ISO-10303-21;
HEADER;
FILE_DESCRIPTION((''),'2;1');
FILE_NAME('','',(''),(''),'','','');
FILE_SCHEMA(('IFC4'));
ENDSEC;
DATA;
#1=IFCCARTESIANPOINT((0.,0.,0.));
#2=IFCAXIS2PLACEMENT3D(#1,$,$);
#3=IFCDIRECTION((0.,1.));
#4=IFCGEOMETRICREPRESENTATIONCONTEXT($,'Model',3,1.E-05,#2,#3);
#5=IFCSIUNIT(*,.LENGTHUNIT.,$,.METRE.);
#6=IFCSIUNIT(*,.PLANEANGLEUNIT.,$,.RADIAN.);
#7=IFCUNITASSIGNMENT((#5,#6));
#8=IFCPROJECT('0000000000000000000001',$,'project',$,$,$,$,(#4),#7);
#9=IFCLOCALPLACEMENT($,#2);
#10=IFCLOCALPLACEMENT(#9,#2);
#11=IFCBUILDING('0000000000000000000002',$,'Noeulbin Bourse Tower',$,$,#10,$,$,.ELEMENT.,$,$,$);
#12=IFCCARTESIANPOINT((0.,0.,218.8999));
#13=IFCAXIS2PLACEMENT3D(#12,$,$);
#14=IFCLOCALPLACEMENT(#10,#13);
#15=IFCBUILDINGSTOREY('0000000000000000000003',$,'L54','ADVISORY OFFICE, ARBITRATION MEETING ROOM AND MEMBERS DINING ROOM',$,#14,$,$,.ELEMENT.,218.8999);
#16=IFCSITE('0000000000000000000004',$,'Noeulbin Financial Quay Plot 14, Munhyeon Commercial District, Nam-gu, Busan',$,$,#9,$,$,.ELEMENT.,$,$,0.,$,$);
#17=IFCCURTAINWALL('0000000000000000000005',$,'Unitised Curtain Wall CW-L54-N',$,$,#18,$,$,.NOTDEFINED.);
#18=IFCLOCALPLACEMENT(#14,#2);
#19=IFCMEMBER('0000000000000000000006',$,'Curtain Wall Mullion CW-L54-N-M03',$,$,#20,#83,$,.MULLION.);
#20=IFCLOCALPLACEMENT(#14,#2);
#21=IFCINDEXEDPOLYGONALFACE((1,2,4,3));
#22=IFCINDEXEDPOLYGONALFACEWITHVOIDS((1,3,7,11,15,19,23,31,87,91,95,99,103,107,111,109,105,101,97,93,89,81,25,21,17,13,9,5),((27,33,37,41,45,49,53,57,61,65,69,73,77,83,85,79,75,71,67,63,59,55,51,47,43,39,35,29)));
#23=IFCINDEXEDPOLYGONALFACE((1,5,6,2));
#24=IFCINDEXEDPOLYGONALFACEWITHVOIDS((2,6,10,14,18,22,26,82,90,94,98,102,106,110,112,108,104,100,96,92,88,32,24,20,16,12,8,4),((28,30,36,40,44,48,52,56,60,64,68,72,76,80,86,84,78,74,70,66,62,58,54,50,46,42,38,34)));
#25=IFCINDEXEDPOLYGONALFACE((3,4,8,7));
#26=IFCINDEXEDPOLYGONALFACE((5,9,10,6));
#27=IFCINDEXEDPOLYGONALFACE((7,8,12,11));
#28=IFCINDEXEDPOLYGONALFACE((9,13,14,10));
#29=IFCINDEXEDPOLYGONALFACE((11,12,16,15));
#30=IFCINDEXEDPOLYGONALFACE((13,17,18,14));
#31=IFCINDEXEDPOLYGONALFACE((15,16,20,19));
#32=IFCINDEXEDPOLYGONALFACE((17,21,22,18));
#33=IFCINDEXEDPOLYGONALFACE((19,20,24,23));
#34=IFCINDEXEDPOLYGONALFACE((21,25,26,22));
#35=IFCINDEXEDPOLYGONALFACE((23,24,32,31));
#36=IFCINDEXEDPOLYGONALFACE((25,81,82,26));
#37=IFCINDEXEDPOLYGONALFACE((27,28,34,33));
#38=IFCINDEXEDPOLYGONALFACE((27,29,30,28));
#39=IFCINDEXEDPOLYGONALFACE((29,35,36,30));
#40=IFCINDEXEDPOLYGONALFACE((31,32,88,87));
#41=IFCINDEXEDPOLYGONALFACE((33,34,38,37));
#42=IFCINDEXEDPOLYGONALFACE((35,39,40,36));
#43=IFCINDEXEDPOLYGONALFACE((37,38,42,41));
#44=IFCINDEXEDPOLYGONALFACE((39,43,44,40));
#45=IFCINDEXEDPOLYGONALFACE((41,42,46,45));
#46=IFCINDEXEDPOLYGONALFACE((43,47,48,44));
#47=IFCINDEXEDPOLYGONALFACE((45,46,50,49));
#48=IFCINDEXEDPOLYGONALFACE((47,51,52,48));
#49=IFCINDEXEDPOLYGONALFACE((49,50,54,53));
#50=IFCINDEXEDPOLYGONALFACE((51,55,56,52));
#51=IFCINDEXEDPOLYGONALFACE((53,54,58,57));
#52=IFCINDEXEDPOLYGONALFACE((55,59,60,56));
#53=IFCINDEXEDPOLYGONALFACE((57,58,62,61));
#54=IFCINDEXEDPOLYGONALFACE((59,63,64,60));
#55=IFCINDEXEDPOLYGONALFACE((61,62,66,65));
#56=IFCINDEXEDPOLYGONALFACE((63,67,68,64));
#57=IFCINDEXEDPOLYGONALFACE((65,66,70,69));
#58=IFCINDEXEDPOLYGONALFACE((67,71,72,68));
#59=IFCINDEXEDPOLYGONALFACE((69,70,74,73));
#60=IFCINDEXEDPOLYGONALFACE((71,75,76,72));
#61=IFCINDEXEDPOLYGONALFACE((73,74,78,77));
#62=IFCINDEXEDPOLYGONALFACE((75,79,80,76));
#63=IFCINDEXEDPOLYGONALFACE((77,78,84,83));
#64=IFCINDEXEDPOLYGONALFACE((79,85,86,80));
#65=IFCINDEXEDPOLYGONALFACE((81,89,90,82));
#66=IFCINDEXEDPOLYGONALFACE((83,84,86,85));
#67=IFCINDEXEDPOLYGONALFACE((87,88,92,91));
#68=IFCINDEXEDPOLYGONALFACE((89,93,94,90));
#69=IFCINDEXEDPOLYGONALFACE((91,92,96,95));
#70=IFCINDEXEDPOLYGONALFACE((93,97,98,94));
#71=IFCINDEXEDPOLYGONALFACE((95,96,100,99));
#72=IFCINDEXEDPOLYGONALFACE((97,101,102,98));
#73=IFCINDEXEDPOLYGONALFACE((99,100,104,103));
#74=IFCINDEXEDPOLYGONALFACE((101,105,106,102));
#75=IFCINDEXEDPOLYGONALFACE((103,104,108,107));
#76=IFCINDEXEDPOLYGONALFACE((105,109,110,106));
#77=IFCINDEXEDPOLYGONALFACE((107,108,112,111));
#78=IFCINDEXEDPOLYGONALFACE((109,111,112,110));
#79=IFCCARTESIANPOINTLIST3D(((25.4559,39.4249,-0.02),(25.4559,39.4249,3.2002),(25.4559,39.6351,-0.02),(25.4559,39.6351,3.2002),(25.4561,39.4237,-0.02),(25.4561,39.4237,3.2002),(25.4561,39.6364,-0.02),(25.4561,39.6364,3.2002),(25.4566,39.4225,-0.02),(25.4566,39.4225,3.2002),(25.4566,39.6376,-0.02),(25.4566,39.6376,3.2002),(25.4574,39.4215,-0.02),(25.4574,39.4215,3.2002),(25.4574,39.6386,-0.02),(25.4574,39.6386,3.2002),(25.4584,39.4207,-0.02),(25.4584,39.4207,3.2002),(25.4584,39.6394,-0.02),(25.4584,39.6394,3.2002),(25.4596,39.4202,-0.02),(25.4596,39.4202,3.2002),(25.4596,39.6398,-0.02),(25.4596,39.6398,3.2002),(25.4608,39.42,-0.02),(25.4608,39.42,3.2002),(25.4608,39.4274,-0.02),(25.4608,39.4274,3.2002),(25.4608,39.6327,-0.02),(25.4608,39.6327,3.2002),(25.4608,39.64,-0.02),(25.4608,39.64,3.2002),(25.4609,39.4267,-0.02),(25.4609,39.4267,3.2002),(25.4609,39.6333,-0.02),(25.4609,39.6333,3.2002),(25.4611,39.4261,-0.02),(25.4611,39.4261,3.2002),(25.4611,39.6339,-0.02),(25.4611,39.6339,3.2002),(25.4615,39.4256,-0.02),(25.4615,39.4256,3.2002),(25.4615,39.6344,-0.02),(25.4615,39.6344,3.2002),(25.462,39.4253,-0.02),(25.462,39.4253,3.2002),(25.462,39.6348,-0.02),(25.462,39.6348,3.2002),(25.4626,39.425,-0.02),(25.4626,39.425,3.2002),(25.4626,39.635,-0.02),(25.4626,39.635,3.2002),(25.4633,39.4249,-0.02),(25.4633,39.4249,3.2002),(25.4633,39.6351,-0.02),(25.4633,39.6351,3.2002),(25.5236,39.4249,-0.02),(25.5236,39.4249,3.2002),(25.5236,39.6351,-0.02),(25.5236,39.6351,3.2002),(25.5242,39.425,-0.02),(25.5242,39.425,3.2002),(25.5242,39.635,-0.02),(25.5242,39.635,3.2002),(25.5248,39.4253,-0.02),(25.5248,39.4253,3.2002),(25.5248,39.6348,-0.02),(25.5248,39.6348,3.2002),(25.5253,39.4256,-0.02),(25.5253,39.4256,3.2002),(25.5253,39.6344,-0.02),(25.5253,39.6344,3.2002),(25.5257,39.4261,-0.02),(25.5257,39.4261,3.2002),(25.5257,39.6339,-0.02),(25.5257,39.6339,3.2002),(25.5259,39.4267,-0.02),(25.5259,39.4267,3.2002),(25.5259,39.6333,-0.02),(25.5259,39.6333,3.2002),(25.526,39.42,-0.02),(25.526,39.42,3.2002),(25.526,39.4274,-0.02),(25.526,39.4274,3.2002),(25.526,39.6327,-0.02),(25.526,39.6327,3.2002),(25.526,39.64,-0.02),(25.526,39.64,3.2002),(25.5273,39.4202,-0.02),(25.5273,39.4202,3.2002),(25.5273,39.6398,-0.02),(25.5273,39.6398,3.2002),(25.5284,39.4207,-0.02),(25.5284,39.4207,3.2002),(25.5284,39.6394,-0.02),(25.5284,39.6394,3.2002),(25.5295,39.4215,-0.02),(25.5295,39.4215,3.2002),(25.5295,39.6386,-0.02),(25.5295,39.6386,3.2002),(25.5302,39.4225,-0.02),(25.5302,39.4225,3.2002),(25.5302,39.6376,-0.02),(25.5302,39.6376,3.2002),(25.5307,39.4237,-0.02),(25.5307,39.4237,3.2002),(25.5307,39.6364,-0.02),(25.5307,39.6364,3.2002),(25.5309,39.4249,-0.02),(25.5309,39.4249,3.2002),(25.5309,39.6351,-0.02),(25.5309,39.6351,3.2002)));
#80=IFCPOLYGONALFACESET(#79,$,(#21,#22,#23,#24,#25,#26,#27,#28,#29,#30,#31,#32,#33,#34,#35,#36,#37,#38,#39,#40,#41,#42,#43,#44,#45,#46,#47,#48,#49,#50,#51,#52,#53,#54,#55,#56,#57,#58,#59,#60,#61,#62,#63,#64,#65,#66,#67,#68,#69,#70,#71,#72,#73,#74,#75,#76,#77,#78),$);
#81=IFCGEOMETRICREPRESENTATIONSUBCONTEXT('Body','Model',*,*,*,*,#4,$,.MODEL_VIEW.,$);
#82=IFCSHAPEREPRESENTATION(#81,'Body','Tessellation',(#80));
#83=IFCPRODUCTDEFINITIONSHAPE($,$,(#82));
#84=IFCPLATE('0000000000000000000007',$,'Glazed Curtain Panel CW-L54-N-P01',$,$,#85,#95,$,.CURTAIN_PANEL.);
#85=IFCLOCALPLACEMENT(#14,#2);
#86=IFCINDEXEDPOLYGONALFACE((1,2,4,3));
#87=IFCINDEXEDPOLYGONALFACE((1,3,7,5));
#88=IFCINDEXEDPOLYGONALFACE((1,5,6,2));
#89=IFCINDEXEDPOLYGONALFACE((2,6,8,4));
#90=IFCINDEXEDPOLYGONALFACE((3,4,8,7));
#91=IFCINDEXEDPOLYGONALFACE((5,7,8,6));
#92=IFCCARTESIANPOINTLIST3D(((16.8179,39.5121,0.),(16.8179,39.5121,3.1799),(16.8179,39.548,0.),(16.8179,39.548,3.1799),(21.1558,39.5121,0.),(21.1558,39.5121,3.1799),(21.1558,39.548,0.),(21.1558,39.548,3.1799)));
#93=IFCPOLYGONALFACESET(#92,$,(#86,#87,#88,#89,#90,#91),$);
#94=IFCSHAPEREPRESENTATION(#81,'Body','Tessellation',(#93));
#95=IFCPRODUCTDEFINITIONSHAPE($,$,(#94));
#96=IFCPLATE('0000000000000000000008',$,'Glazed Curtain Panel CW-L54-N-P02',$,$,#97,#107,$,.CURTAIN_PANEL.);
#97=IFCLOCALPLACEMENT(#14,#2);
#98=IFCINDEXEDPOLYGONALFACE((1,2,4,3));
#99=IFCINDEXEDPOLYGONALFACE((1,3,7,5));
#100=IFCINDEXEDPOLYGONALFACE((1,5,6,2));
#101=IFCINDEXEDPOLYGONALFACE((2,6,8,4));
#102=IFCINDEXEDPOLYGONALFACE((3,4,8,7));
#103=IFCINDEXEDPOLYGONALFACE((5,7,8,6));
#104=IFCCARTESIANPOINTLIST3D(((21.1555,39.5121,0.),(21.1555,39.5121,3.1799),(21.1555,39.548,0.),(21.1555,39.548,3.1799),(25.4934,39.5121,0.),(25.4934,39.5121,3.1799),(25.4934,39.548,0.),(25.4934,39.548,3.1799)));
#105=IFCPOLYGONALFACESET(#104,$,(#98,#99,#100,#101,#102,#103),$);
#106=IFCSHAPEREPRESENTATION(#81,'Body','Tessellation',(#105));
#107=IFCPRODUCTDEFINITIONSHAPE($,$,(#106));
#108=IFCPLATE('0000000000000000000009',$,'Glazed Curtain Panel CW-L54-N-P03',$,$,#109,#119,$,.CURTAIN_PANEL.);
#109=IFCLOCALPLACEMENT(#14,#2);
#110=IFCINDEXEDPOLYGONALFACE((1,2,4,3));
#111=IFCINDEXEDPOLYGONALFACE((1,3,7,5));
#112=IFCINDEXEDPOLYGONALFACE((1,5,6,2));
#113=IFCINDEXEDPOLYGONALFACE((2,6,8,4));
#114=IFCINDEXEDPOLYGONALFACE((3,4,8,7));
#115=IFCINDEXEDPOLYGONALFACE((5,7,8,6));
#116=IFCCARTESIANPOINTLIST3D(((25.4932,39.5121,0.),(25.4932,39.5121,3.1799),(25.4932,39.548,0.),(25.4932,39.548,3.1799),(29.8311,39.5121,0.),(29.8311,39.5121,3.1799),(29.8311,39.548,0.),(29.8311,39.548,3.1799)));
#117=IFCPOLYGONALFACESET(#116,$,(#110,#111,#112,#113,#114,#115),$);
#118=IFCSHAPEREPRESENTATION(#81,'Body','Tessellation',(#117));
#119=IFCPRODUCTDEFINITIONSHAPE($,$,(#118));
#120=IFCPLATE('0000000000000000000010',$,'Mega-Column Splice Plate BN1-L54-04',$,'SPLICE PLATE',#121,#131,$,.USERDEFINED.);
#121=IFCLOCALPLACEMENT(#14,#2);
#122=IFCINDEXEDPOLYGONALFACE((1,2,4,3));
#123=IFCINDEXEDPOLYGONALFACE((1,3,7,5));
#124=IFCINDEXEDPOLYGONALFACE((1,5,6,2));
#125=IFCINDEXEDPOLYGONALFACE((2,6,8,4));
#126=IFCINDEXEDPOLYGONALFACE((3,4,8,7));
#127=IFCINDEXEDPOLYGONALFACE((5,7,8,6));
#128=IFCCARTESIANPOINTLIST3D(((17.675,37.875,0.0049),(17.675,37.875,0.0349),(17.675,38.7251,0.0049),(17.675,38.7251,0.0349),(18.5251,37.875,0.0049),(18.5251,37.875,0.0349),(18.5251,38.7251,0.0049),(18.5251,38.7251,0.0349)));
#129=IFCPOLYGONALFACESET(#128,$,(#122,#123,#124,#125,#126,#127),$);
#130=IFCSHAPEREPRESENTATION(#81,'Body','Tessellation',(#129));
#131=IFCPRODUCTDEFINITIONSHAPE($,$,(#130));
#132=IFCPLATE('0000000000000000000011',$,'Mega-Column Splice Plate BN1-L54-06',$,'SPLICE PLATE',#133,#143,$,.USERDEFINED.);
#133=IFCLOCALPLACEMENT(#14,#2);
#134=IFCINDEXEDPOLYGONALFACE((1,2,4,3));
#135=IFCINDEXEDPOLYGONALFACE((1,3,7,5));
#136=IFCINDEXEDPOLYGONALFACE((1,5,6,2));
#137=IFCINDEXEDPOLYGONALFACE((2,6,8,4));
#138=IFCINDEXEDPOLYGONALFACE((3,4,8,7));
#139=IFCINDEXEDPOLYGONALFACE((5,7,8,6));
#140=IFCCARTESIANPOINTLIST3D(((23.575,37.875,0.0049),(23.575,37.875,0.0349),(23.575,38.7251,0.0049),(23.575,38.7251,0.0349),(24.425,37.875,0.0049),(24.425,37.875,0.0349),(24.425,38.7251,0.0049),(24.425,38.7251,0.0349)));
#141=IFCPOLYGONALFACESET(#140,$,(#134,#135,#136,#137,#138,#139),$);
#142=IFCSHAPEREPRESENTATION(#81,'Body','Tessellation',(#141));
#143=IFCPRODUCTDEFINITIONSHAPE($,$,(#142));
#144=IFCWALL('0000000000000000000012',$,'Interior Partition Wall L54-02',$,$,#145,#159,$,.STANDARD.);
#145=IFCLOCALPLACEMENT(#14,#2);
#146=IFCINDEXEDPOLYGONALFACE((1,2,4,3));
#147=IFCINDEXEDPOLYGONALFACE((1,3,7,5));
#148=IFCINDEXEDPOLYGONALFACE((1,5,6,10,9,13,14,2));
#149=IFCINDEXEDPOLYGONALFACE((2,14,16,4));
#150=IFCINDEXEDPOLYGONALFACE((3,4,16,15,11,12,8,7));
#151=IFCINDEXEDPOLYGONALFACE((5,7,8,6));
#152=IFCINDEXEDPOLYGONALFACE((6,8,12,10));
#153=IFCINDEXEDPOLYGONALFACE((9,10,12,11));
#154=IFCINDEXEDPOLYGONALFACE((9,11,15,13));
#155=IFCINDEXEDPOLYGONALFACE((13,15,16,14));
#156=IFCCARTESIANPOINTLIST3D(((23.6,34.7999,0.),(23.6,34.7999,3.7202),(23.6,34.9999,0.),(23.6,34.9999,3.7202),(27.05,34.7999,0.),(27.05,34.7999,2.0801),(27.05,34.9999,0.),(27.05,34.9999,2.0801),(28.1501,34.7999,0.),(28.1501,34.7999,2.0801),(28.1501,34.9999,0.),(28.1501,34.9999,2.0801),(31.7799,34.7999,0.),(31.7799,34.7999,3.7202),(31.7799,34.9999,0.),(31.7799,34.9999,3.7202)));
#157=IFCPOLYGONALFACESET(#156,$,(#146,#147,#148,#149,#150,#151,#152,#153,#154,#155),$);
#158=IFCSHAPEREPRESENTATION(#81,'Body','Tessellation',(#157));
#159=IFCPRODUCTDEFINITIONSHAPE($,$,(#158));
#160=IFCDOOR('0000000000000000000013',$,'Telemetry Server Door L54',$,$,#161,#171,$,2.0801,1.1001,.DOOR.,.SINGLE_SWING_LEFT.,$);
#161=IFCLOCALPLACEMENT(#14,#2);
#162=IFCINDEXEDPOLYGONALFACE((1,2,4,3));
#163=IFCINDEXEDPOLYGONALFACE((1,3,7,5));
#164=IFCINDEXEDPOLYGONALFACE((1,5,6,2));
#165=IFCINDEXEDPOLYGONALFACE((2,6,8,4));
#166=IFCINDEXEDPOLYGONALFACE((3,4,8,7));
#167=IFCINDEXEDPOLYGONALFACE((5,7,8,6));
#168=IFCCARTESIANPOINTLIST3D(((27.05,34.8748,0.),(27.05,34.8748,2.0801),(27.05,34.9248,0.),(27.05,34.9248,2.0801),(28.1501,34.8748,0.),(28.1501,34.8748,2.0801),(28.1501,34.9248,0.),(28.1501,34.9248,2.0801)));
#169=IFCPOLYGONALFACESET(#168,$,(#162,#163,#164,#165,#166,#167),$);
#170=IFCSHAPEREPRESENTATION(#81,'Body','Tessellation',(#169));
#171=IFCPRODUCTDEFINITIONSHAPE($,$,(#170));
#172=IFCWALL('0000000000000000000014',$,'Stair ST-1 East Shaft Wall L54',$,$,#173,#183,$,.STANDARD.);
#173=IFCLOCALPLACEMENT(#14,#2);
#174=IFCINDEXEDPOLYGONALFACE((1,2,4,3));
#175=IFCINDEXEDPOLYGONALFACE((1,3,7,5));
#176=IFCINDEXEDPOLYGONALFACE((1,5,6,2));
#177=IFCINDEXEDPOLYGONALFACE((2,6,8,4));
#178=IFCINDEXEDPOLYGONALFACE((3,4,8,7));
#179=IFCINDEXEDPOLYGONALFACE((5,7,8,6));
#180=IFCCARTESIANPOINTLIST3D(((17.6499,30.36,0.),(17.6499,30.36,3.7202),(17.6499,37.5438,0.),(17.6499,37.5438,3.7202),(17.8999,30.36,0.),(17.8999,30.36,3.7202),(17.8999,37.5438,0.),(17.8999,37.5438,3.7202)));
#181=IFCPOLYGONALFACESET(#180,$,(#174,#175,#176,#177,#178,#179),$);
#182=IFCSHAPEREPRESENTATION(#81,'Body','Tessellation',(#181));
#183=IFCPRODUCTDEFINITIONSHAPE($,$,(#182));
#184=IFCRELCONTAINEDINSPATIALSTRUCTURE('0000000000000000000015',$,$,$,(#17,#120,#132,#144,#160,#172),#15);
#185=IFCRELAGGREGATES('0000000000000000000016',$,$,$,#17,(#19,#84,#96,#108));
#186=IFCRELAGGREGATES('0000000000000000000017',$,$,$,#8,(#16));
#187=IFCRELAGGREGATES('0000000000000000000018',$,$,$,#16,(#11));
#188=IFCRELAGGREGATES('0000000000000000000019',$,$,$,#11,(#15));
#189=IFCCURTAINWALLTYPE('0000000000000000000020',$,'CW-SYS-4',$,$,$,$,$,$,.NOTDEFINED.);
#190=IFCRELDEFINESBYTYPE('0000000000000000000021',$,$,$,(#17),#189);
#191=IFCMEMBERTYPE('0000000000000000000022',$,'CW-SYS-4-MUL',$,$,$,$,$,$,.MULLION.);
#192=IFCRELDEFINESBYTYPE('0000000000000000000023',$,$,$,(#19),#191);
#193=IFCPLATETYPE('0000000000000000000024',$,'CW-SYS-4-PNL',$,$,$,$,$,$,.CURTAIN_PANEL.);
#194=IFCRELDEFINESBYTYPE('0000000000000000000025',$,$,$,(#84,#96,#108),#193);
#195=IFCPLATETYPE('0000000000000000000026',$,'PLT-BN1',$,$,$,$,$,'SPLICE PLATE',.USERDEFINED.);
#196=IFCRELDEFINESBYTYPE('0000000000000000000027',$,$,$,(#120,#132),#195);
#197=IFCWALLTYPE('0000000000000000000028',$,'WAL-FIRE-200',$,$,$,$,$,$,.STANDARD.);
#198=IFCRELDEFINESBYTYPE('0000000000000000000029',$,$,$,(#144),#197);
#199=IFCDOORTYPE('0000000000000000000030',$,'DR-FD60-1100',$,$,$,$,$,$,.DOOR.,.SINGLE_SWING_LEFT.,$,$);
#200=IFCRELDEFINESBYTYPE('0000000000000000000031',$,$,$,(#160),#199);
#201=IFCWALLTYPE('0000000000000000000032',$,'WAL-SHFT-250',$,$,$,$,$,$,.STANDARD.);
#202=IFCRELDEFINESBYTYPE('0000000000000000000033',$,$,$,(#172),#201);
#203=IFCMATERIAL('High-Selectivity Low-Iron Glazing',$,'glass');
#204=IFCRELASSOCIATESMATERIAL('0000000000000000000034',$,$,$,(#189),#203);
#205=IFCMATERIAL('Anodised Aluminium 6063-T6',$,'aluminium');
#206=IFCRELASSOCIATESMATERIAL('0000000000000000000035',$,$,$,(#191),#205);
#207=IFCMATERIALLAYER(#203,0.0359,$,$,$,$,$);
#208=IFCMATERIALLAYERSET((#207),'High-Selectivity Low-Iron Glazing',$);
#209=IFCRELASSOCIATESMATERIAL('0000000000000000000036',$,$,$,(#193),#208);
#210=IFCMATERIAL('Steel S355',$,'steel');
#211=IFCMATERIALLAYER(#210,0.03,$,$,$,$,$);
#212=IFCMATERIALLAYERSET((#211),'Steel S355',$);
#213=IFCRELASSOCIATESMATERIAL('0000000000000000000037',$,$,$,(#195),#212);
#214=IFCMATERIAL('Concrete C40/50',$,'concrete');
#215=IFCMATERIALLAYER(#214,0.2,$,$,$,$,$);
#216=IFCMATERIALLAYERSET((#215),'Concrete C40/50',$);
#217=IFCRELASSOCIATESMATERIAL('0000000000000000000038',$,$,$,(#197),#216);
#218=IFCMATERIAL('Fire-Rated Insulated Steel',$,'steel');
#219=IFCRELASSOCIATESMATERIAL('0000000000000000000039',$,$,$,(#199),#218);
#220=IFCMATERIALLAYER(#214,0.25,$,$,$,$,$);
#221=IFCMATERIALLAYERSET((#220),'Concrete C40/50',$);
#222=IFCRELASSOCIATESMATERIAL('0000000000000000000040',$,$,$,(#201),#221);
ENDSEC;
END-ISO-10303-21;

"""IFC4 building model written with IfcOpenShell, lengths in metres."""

from ifc_helpers import new_model, si_unit, direction, frame, frame_2d, origin, origin_2d, place, context, subcontext, project, spatial, rectangle, hollow_rectangle, extrude, material, layer, layer_set, material_profile, profile_set, type_object, element, fill, aggregate, save


model = new_model("IFC4")

# Units and contexts
model_context = context("Model", 3, precision=1e-05, world=origin(), true_north=direction((0.0, 1.0)))
body_context = subcontext(model_context, "Body", "Model", "MODEL_VIEW")
ifc_project = project(units=[si_unit("LENGTHUNIT", "METRE"), si_unit("PLANEANGLEUNIT", "RADIAN")], contexts=[model_context])

# Site, building, storey
site_placement = place(None, origin())
site = spatial("IfcSite", under=ifc_project, at=site_placement, Name="Noeulbin Financial Quay Plot 14, Munhyeon Commercial District, Nam-gu, Busan", CompositionType="ELEMENT", RefElevation=0.0)
building_placement = place(site_placement, origin())
building = spatial("IfcBuilding", under=site, at=building_placement, Name="Noeulbin Bourse Tower", CompositionType="ELEMENT")
storey_placement = place(building_placement, frame((0.0, 0.0, 218.8999)))
storey = spatial("IfcBuildingStorey", under=building, at=storey_placement, Name="L54", Description="ADVISORY OFFICE, ARBITRATION MEETING ROOM AND MEMBERS DINING ROOM", CompositionType="ELEMENT", Elevation=218.8999)

# Shared definitions
ifc_material_1 = material(Name="Steel S355", Category="steel")

# Curtain wall, member, plates
ifc_material_2 = material(Name="High-Selectivity Low-Iron Glazing", Category="glass")
curtain_wall_type = type_object("IfcCurtainWallType", Name="CW-SYS-4", PredefinedType="NOTDEFINED", material=ifc_material_2)
curtain_wall_placement = place(storey_placement, origin())
curtain_wall = element("IfcCurtainWall", 1, at=curtain_wall_placement, inside=storey, type_object=curtain_wall_type, Name="Unitised Curtain Wall CW-L54-N", PredefinedType="NOTDEFINED")
ifc_material_3 = material(Name="Anodised Aluminium 6063-T6", Category="aluminium")
ifc_material_profile_1 = material_profile(ifc_material_3, hollow_rectangle(XDim=0.075, YDim=0.22, WallThickness=0.0049, InnerFilletRadius=0.0024, OuterFilletRadius=0.0049, at=origin_2d()), Name="ALU-MULL-75x220x5", Category="LoadBearing")
ifc_profile_set_1 = profile_set([ifc_material_profile_1], Name="Anodised Aluminium 6063-T6")
member_type = type_object("IfcMemberType", Name="CW-SYS-4-MUL", PredefinedType="MULLION", material=ifc_profile_set_1)
member_1_placement = place(storey_placement, frame((25.4934, 39.53, -0.02), z_axis=(0.0, 0.0, 1.0), x_axis=(1.0, 0.0, 0.0)))
member_1 = element("IfcMember", 2, at=member_1_placement, type_object=member_type, Name="Curtain Wall Mullion CW-L54-N-M03", PredefinedType="MULLION", context=body_context, shape_type="SweptSolid", body=[
    extrude(hollow_rectangle(XDim=0.075, YDim=0.22, WallThickness=0.0049, InnerFilletRadius=0.0024, OuterFilletRadius=0.0049, at=origin_2d()), origin(), (0.0, 0.0, 1.0), 3.2202),
])
ifc_layer_1 = layer(ifc_material_2, 0.0359)
ifc_layer_set_1 = layer_set([ifc_layer_1], Name="High-Selectivity Low-Iron Glazing")
plate_type_1 = type_object("IfcPlateType", Name="CW-SYS-4-PNL", PredefinedType="CURTAIN_PANEL", material=ifc_layer_set_1)
plate_1_placement = place(storey_placement, frame((18.9868, 39.53, 0.0), z_axis=(0.0, 0.0, 1.0), x_axis=(1.0, 0.0, 0.0)))
plate_1 = element("IfcPlate", 3, at=plate_1_placement, type_object=plate_type_1, Name="Glazed Curtain Panel CW-L54-N-P01", PredefinedType="CURTAIN_PANEL", context=body_context, shape_type="SweptSolid", body=[
    extrude(rectangle(XDim=4.3379, YDim=0.0359, at=origin_2d()), origin(), (0.0, 0.0, 1.0), 3.1799),
])
plate_2_placement = place(storey_placement, frame((23.3245, 39.53, 0.0), z_axis=(0.0, 0.0, 1.0), x_axis=(1.0, 0.0, 0.0)))
plate_2 = element("IfcPlate", 4, at=plate_2_placement, type_object=plate_type_1, Name="Glazed Curtain Panel CW-L54-N-P02", PredefinedType="CURTAIN_PANEL", context=body_context, shape_type="SweptSolid", body=[
    extrude(rectangle(XDim=4.3379, YDim=0.0359, at=origin_2d()), origin(), (0.0, 0.0, 1.0), 3.1799),
])
plate_3_placement = place(storey_placement, frame((27.6621, 39.53, 0.0), z_axis=(0.0, 0.0, 1.0), x_axis=(1.0, 0.0, 0.0)))
plate_3 = element("IfcPlate", 5, at=plate_3_placement, type_object=plate_type_1, Name="Glazed Curtain Panel CW-L54-N-P03", PredefinedType="CURTAIN_PANEL", context=body_context, shape_type="SweptSolid", body=[
    extrude(rectangle(XDim=4.3379, YDim=0.0359, at=origin_2d()), origin(), (0.0, 0.0, 1.0), 3.1799),
])
aggregate(curtain_wall, [member_1, plate_1, plate_2, plate_3])

# Plates
ifc_layer_2 = layer(ifc_material_1, 0.03)
ifc_layer_set_2 = layer_set([ifc_layer_2], Name="Steel S355")
plate_type_2 = type_object("IfcPlateType", Name="PLT-BN1", ElementType="SPLICE PLATE", PredefinedType="USERDEFINED", material=ifc_layer_set_2)
for number, where, z_axis, x_axis, name in (
    (6, (18.1001, 38.3, 0.0049), (0.0, 0.0, 1.0), (1.0, 0.0, 0.0), "Mega-Column Splice Plate BN1-L54-04"),
    (7, (24.0, 38.3, 0.0049), (0.0, 0.0, 1.0), (1.0, 0.0, 0.0), "Mega-Column Splice Plate BN1-L54-06"),
):
    element("IfcPlate", number, at=place(storey_placement, frame(where, z_axis=z_axis, x_axis=x_axis)), inside=storey, type_object=plate_type_2, Name=name, ObjectType="SPLICE PLATE", PredefinedType="USERDEFINED", context=body_context, shape_type="SweptSolid", body=[
        extrude(rectangle(XDim=0.8501, YDim=0.8501, at=origin_2d()), origin(), (0.0, 0.0, 1.0), 0.03),
    ])

# Wall, opening, door
ifc_material_4 = material(Name="Concrete C40/50", Category="concrete")
ifc_layer_3 = layer(ifc_material_4, 0.2)
ifc_layer_set_3 = layer_set([ifc_layer_3], Name="Concrete C40/50")
wall_type_1 = type_object("IfcWallType", Name="WAL-FIRE-200", PredefinedType="STANDARD", material=ifc_layer_set_3)
wall_1_placement = place(storey_placement, frame((23.6001, 34.8999, 0.0), z_axis=(0.0, 0.0, 1.0), x_axis=(1.0, 0.0, 0.0)))
wall_1 = element("IfcWall", 8, at=wall_1_placement, inside=storey, type_object=wall_type_1, Name="Interior Partition Wall L54-02", PredefinedType="STANDARD", context=body_context, shape_type="SweptSolid", body=[
    extrude(rectangle(XDim=8.1799, YDim=0.2, at=frame_2d((4.0898, 0.0))), origin(), (0.0, 0.0, 1.0), 3.7202),
])
opening_1_placement = place(wall_1_placement, frame((3.45, 0.0, 0.0)))
opening_1 = element("IfcOpeningElement", 9, at=opening_1_placement, cuts=wall_1, PredefinedType="OPENING", context=body_context, shape_type="SweptSolid", body=[
    extrude(rectangle(XDim=1.1001, YDim=2.0801, at=frame_2d((0.55, 1.04))), frame((0.0, 0.1099, 0.0), z_axis=(0.0, -1.0, 0.0), x_axis=(1.0, 0.0, 0.0)), (0.0, 0.0, 1.0), 0.22),
])
ifc_material_5 = material(Name="Fire-Rated Insulated Steel", Category="steel")
door_type_1 = type_object("IfcDoorType", Name="DR-FD60-1100", OperationType="SINGLE_SWING_LEFT", PredefinedType="DOOR", material=ifc_material_5)
door_1_placement = place(opening_1_placement, origin())
door_1 = element("IfcDoor", 10, at=door_1_placement, inside=storey, type_object=door_type_1, Name="Telemetry Server Door L54", OperationType="SINGLE_SWING_LEFT", OverallHeight=2.0801, OverallWidth=1.1001, PredefinedType="DOOR", context=body_context, shape_type="SweptSolid", body=[
    extrude(rectangle(XDim=1.1001, YDim=2.0801, at=frame_2d((0.55, 1.04))), frame((0.0, 0.0249, 0.0), z_axis=(0.0, -1.0, 0.0), x_axis=(1.0, 0.0, 0.0)), (0.0, 0.0, 1.0), 0.05),
])
fill(opening_1, door_1)

# Wall
ifc_layer_4 = layer(ifc_material_4, 0.25)
ifc_layer_set_4 = layer_set([ifc_layer_4], Name="Concrete C40/50")
wall_type_2 = type_object("IfcWallType", Name="WAL-SHFT-250", PredefinedType="STANDARD", material=ifc_layer_set_4)
wall_2_placement = place(storey_placement, frame((17.7749, 30.3601, 0.0), z_axis=(0.0, 0.0, 1.0), x_axis=(0.0, 1.0, 0.0)))
element("IfcWall", 11, at=wall_2_placement, inside=storey, type_object=wall_type_2, Name="Stair ST-1 East Shaft Wall L54", PredefinedType="STANDARD", context=body_context, shape_type="SweptSolid", body=[
    extrude(rectangle(XDim=7.1838, YDim=0.25, at=frame_2d((3.5918, 0.0))), origin(), (0.0, 0.0, 1.0), 3.7202),
])

save(model, "model.ifc")
